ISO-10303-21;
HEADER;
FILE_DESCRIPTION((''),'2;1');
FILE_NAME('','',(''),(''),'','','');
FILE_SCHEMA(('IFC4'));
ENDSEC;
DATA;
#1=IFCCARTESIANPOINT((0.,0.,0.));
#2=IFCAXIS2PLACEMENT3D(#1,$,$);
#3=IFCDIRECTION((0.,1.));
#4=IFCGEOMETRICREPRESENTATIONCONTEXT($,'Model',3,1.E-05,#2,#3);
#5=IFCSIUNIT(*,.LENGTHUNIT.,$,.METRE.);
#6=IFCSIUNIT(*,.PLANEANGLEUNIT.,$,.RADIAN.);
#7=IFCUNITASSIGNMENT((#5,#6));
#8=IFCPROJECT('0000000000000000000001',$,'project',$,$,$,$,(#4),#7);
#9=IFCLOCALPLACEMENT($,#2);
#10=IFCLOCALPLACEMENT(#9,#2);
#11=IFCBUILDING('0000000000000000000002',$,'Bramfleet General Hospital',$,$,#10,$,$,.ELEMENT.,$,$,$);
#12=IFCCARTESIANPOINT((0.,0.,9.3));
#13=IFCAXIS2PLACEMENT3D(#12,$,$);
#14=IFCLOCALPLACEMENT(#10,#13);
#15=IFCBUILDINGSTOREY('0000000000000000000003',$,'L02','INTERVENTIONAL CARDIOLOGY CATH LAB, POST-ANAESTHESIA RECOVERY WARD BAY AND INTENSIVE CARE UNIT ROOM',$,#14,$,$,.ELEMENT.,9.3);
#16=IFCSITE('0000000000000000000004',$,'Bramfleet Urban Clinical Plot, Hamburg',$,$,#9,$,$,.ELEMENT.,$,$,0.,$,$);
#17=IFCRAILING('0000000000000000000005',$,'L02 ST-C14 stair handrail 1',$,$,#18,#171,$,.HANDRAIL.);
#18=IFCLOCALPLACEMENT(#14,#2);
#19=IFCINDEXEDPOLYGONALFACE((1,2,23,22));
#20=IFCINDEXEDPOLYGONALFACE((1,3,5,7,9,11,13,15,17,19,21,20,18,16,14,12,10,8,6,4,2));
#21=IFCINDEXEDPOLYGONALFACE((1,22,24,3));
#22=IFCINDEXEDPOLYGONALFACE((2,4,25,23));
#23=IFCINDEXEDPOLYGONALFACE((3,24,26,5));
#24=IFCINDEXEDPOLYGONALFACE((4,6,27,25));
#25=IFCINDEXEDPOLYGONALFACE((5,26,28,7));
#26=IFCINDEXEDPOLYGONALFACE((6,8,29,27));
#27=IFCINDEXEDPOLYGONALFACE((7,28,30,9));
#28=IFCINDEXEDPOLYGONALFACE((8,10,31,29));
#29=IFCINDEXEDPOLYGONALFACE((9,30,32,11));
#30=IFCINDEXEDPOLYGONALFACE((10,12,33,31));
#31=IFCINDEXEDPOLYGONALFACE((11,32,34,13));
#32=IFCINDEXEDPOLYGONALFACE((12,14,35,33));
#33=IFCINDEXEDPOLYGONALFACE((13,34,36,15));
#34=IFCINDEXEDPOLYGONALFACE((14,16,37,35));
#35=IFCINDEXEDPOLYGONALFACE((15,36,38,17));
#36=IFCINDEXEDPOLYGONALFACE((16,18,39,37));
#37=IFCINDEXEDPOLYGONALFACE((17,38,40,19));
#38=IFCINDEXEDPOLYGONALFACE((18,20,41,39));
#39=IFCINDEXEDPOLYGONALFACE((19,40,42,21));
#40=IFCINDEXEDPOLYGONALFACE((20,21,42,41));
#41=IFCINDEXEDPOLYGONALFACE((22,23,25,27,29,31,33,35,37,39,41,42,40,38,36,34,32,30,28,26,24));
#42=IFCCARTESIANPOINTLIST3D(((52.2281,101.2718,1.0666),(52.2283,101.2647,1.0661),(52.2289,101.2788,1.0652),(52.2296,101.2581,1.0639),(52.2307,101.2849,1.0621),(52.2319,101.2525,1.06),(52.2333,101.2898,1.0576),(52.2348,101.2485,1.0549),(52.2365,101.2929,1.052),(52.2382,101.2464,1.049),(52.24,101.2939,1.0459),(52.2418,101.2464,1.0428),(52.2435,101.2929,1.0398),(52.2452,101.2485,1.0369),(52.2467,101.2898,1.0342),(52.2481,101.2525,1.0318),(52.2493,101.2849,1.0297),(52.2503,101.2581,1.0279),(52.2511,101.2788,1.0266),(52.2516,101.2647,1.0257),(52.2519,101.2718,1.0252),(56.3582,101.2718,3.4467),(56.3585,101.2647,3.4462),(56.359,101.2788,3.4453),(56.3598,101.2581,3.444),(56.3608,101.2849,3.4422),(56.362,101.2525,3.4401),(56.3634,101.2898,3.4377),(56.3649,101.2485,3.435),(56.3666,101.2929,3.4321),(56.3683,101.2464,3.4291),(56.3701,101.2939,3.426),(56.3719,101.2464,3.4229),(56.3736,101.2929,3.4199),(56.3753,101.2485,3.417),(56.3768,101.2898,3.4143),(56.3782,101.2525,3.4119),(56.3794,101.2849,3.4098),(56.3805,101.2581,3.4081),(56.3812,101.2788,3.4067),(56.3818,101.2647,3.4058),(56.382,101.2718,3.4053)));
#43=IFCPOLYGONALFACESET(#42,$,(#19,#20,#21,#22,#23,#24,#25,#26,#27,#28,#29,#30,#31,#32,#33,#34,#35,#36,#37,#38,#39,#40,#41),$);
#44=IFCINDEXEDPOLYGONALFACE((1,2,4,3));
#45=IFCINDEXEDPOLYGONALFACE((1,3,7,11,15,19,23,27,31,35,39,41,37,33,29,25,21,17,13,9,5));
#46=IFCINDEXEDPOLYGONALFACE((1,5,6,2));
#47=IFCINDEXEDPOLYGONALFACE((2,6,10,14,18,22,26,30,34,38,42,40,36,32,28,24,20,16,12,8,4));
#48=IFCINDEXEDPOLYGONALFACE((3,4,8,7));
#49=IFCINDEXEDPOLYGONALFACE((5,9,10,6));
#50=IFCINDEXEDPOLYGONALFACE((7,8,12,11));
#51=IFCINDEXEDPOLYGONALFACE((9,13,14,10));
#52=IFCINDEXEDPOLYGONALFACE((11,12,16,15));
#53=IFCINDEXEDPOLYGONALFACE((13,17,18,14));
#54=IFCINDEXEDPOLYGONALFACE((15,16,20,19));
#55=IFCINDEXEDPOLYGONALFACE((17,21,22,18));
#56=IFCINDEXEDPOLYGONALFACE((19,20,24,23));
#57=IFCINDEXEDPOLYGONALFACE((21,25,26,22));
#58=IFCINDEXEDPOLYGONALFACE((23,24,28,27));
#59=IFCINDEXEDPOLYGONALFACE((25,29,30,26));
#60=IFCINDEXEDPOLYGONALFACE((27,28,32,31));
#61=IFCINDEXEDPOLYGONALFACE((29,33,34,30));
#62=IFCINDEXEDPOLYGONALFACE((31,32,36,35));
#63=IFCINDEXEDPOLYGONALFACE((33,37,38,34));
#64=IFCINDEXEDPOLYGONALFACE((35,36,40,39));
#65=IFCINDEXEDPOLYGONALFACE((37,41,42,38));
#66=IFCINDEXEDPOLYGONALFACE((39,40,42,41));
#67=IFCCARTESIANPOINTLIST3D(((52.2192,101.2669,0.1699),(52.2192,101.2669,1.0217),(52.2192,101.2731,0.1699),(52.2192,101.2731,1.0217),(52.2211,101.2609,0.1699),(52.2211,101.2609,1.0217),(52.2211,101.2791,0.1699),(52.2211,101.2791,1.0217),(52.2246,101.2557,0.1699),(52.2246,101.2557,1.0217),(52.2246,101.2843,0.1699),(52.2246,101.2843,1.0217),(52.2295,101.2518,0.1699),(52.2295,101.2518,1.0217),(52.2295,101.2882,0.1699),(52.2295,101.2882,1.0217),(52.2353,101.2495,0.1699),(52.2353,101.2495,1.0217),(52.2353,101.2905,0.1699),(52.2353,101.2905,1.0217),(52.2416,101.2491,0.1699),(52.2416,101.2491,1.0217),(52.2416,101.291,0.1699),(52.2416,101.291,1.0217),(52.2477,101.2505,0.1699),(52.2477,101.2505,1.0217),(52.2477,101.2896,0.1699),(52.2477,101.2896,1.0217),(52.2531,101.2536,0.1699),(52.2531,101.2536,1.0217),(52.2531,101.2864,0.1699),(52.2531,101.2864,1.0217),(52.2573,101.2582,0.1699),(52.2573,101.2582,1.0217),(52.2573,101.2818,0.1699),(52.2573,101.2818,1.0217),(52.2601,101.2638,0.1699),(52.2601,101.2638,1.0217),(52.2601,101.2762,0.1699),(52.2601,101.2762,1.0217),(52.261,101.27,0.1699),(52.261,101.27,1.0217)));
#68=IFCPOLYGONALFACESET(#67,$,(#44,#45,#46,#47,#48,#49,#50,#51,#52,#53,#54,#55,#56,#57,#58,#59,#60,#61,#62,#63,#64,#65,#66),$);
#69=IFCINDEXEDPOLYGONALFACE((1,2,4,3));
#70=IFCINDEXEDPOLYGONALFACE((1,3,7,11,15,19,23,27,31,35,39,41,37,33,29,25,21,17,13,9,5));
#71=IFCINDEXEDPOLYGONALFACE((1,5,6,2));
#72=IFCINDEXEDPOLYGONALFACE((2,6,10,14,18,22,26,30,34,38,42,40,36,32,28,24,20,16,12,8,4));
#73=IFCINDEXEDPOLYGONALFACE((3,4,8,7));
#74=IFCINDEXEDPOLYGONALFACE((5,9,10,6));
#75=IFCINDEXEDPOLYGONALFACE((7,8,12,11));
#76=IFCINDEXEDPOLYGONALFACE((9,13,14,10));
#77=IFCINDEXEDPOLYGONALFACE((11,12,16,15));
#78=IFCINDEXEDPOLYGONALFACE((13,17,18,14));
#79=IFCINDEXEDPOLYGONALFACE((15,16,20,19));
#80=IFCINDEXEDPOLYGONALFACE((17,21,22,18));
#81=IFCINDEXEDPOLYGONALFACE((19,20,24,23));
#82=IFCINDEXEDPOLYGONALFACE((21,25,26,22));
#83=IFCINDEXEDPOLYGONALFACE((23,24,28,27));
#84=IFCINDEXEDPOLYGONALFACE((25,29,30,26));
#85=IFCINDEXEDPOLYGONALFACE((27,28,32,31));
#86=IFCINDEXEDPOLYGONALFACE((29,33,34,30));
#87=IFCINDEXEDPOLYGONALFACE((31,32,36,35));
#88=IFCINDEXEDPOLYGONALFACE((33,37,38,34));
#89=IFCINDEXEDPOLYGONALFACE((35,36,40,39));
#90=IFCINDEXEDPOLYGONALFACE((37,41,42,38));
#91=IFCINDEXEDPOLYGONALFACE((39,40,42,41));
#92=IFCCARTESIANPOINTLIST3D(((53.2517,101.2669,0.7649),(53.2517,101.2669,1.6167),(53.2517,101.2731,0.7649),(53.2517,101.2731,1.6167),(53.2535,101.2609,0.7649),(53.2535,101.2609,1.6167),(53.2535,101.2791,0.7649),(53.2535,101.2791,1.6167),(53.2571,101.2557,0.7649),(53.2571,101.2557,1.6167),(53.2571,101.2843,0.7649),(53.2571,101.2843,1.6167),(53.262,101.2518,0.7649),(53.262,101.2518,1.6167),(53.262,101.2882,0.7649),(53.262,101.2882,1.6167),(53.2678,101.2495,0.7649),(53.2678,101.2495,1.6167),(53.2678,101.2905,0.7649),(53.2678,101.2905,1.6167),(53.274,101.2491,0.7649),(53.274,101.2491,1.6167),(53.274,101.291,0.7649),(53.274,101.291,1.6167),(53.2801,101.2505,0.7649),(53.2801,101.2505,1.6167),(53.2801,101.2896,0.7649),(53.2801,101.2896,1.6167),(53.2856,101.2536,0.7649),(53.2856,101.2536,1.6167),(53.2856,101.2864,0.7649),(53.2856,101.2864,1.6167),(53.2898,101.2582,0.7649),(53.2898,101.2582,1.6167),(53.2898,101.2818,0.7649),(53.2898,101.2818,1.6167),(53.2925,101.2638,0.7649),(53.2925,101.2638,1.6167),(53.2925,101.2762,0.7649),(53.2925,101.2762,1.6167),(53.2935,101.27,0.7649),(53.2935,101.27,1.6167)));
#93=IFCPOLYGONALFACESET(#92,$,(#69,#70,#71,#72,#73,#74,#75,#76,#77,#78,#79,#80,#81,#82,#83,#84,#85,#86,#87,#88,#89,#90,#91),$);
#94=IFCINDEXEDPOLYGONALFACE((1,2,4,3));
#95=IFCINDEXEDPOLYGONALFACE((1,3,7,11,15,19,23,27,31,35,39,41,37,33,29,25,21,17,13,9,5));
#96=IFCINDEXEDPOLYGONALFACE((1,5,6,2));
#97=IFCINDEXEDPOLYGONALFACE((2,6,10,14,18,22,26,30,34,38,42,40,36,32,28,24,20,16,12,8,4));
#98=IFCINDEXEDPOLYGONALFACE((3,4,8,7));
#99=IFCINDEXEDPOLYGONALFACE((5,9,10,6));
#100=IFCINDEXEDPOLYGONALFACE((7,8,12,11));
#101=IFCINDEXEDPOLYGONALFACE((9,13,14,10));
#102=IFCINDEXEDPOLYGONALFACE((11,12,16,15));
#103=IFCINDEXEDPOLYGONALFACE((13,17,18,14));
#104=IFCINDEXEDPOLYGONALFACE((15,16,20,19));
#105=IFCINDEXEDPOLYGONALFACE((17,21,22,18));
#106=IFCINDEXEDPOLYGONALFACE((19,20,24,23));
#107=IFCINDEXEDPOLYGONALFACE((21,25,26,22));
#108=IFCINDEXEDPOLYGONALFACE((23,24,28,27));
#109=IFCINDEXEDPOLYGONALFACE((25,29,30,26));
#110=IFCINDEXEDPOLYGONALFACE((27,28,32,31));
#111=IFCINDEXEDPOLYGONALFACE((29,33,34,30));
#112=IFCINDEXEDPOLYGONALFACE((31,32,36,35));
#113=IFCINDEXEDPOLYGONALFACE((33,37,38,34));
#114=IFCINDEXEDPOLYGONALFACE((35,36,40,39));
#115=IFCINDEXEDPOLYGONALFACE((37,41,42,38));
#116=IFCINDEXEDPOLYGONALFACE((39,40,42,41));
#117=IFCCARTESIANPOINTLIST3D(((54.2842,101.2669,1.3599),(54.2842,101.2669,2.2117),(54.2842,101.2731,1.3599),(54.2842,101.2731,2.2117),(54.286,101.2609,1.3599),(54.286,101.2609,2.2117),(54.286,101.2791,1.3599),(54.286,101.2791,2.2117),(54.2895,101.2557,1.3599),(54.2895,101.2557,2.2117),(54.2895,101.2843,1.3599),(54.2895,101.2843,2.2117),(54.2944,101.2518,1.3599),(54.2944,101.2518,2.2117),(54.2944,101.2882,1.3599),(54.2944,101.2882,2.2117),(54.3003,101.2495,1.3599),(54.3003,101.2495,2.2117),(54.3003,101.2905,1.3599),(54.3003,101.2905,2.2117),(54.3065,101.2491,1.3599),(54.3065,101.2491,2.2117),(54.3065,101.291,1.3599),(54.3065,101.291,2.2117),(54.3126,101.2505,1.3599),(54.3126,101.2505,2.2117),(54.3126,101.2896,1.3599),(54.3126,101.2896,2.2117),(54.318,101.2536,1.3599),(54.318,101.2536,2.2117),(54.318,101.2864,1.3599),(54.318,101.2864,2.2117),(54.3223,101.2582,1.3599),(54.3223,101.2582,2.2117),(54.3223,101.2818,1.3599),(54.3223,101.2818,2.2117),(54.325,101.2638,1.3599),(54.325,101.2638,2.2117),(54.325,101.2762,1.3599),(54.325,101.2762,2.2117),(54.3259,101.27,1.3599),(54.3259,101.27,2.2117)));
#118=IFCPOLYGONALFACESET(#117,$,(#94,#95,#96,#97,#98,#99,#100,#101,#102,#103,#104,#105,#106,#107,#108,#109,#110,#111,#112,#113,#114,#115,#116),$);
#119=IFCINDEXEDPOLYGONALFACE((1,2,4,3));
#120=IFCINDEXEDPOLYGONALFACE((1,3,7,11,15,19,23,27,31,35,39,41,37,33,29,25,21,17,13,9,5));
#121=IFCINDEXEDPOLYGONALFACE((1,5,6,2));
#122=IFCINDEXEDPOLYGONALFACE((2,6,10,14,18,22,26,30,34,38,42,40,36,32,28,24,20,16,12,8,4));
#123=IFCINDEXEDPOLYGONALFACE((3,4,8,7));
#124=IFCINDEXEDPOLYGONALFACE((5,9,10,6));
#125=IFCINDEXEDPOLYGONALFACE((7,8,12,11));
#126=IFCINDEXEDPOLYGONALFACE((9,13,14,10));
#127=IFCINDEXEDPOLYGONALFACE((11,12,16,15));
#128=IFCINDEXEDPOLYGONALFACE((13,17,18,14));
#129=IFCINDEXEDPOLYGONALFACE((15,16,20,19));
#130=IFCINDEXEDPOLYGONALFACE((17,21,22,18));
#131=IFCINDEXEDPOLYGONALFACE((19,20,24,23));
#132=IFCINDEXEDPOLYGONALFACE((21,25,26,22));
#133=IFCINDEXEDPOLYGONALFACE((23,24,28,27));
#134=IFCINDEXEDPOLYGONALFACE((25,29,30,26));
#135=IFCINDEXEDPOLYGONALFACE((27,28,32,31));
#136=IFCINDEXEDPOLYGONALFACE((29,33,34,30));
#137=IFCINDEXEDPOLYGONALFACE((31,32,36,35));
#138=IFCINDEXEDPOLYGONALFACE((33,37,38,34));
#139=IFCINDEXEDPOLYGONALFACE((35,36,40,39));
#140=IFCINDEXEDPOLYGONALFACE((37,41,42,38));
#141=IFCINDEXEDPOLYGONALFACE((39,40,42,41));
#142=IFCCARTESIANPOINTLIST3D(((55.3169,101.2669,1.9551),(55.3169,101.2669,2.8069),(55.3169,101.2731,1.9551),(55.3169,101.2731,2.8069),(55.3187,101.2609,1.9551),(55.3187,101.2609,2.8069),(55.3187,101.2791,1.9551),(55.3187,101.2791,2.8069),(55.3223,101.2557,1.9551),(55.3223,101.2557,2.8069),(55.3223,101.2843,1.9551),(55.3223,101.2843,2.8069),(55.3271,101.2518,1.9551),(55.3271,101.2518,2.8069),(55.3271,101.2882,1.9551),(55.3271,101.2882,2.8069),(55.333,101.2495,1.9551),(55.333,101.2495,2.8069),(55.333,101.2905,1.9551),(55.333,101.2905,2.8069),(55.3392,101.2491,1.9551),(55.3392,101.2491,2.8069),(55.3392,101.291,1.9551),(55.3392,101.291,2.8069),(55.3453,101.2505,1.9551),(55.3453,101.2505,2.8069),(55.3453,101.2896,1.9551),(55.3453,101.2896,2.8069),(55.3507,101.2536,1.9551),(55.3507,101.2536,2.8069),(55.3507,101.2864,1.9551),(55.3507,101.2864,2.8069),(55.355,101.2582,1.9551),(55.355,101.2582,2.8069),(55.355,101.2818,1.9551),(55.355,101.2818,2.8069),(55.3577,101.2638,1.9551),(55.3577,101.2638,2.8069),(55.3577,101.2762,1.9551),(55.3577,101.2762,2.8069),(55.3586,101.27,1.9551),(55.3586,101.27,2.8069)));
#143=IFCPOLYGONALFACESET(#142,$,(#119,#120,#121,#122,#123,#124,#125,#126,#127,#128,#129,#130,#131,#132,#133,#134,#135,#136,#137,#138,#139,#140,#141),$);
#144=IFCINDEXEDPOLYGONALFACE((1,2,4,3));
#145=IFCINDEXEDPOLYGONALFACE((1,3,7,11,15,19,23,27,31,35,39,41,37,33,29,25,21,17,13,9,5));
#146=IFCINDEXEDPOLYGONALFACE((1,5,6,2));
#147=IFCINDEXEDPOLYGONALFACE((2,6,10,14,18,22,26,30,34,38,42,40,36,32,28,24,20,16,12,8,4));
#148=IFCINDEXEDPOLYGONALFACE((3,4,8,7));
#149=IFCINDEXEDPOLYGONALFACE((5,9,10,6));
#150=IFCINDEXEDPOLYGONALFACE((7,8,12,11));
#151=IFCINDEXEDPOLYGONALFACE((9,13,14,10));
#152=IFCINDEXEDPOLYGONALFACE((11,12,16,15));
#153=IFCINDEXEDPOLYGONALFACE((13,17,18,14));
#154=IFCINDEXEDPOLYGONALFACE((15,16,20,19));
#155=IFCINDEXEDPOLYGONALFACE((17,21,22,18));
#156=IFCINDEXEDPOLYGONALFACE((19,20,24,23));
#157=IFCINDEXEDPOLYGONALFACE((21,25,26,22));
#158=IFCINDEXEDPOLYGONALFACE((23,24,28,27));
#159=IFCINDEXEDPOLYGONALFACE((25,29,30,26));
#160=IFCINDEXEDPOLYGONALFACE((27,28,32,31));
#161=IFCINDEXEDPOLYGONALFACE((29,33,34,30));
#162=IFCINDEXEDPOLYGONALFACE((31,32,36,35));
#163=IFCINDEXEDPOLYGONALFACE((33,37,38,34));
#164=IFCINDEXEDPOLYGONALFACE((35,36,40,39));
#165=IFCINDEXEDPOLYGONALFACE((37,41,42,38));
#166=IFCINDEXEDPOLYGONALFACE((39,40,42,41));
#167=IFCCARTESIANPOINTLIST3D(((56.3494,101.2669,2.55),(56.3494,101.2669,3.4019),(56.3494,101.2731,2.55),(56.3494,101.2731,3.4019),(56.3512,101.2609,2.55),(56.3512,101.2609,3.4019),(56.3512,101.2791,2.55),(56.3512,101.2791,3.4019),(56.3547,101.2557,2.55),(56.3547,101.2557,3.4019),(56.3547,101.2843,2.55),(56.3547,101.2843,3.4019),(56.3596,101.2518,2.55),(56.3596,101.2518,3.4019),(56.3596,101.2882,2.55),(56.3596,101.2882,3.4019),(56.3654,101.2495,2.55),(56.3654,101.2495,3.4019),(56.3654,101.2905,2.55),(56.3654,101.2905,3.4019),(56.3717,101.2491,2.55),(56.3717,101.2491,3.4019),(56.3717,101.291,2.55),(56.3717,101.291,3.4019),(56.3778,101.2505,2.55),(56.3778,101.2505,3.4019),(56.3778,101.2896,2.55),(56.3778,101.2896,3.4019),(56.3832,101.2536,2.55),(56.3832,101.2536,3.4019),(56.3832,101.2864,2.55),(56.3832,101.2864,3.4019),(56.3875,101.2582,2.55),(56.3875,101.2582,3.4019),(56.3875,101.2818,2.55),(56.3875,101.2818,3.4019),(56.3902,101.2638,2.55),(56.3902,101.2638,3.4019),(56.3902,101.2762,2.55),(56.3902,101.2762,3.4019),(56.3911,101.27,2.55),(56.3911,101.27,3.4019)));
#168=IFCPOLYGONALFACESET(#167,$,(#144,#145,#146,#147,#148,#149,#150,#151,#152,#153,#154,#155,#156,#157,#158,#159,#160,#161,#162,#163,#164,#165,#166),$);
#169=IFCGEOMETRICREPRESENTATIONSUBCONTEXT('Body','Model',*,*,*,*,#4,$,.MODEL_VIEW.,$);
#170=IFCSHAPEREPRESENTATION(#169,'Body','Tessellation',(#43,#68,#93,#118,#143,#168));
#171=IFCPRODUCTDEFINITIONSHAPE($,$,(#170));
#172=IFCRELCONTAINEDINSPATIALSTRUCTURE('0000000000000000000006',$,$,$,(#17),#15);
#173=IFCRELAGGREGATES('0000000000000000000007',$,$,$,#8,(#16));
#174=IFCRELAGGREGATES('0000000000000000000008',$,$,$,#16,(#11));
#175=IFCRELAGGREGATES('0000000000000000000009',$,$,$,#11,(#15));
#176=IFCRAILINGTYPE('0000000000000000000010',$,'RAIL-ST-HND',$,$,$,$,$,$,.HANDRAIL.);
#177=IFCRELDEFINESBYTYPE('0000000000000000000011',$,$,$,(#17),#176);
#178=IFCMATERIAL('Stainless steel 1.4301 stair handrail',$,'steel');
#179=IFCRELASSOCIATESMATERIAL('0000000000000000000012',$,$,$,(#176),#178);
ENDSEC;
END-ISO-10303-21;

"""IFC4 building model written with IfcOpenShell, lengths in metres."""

from ifc_helpers import new_model, si_unit, direction, frame, origin, origin_2d, place, context, subcontext, project, spatial, circle, extrude, material, type_object, element, save


model = new_model("IFC4")

# Units and contexts
model_context = context("Model", 3, precision=1e-05, world=origin(), true_north=direction((0.0, 1.0)))
body_context = subcontext(model_context, "Body", "Model", "MODEL_VIEW")
ifc_project = project(units=[si_unit("LENGTHUNIT", "METRE"), si_unit("PLANEANGLEUNIT", "RADIAN")], contexts=[model_context])

# Site, building, storey
site_placement = place(None, origin())
site = spatial("IfcSite", under=ifc_project, at=site_placement, Name="Bramfleet Urban Clinical Plot, Hamburg", CompositionType="ELEMENT", RefElevation=0.0)
building_placement = place(site_placement, origin())
building = spatial("IfcBuilding", under=site, at=building_placement, Name="Bramfleet General Hospital", CompositionType="ELEMENT")
storey_placement = place(building_placement, frame((0.0, 0.0, 9.3)))
storey = spatial("IfcBuildingStorey", under=building, at=storey_placement, Name="L02", Description="INTERVENTIONAL CARDIOLOGY CATH LAB, POST-ANAESTHESIA RECOVERY WARD BAY AND INTENSIVE CARE UNIT ROOM", CompositionType="ELEMENT", Elevation=9.3)

# Railing
ifc_material_1 = material(Name="Stainless steel 1.4301 stair handrail", Category="steel")
railing_type = type_object("IfcRailingType", Name="RAIL-ST-HND", PredefinedType="HANDRAIL", material=ifc_material_1)
railing_placement = place(storey_placement, frame((52.24, 101.27, 0.1699)))
element("IfcRailing", 1, at=railing_placement, inside=storey, type_object=railing_type, Name="L02 ST-C14 stair handrail 1", PredefinedType="HANDRAIL", context=body_context, shape_type="SweptSolid", body=[
    extrude(circle(Radius=0.0239, at=origin_2d()), frame((0.0, 0.0, 0.876), z_axis=(0.866425, 0.0, 0.499307), x_axis=(0.0, 1.0, 0.0)), (0.0, 0.0, 1.0), 4.7668),
    extrude(circle(Radius=0.021, at=origin_2d()), origin(), (0.0, 0.0, 1.0), 0.8518),
    extrude(circle(Radius=0.021, at=origin_2d()), frame((1.0325, 0.0, 0.595)), (0.0, 0.0, 1.0), 0.8518),
    extrude(circle(Radius=0.021, at=origin_2d()), frame((2.0649, 0.0, 1.1899)), (0.0, 0.0, 1.0), 0.8518),
    extrude(circle(Radius=0.021, at=origin_2d()), frame((3.0977, 0.0, 1.7852)), (0.0, 0.0, 1.0), 0.8518),
    extrude(circle(Radius=0.021, at=origin_2d()), frame((4.1301, 0.0, 2.3801)), (0.0, 0.0, 1.0), 0.8518),
])

save(model, "model.ifc")
